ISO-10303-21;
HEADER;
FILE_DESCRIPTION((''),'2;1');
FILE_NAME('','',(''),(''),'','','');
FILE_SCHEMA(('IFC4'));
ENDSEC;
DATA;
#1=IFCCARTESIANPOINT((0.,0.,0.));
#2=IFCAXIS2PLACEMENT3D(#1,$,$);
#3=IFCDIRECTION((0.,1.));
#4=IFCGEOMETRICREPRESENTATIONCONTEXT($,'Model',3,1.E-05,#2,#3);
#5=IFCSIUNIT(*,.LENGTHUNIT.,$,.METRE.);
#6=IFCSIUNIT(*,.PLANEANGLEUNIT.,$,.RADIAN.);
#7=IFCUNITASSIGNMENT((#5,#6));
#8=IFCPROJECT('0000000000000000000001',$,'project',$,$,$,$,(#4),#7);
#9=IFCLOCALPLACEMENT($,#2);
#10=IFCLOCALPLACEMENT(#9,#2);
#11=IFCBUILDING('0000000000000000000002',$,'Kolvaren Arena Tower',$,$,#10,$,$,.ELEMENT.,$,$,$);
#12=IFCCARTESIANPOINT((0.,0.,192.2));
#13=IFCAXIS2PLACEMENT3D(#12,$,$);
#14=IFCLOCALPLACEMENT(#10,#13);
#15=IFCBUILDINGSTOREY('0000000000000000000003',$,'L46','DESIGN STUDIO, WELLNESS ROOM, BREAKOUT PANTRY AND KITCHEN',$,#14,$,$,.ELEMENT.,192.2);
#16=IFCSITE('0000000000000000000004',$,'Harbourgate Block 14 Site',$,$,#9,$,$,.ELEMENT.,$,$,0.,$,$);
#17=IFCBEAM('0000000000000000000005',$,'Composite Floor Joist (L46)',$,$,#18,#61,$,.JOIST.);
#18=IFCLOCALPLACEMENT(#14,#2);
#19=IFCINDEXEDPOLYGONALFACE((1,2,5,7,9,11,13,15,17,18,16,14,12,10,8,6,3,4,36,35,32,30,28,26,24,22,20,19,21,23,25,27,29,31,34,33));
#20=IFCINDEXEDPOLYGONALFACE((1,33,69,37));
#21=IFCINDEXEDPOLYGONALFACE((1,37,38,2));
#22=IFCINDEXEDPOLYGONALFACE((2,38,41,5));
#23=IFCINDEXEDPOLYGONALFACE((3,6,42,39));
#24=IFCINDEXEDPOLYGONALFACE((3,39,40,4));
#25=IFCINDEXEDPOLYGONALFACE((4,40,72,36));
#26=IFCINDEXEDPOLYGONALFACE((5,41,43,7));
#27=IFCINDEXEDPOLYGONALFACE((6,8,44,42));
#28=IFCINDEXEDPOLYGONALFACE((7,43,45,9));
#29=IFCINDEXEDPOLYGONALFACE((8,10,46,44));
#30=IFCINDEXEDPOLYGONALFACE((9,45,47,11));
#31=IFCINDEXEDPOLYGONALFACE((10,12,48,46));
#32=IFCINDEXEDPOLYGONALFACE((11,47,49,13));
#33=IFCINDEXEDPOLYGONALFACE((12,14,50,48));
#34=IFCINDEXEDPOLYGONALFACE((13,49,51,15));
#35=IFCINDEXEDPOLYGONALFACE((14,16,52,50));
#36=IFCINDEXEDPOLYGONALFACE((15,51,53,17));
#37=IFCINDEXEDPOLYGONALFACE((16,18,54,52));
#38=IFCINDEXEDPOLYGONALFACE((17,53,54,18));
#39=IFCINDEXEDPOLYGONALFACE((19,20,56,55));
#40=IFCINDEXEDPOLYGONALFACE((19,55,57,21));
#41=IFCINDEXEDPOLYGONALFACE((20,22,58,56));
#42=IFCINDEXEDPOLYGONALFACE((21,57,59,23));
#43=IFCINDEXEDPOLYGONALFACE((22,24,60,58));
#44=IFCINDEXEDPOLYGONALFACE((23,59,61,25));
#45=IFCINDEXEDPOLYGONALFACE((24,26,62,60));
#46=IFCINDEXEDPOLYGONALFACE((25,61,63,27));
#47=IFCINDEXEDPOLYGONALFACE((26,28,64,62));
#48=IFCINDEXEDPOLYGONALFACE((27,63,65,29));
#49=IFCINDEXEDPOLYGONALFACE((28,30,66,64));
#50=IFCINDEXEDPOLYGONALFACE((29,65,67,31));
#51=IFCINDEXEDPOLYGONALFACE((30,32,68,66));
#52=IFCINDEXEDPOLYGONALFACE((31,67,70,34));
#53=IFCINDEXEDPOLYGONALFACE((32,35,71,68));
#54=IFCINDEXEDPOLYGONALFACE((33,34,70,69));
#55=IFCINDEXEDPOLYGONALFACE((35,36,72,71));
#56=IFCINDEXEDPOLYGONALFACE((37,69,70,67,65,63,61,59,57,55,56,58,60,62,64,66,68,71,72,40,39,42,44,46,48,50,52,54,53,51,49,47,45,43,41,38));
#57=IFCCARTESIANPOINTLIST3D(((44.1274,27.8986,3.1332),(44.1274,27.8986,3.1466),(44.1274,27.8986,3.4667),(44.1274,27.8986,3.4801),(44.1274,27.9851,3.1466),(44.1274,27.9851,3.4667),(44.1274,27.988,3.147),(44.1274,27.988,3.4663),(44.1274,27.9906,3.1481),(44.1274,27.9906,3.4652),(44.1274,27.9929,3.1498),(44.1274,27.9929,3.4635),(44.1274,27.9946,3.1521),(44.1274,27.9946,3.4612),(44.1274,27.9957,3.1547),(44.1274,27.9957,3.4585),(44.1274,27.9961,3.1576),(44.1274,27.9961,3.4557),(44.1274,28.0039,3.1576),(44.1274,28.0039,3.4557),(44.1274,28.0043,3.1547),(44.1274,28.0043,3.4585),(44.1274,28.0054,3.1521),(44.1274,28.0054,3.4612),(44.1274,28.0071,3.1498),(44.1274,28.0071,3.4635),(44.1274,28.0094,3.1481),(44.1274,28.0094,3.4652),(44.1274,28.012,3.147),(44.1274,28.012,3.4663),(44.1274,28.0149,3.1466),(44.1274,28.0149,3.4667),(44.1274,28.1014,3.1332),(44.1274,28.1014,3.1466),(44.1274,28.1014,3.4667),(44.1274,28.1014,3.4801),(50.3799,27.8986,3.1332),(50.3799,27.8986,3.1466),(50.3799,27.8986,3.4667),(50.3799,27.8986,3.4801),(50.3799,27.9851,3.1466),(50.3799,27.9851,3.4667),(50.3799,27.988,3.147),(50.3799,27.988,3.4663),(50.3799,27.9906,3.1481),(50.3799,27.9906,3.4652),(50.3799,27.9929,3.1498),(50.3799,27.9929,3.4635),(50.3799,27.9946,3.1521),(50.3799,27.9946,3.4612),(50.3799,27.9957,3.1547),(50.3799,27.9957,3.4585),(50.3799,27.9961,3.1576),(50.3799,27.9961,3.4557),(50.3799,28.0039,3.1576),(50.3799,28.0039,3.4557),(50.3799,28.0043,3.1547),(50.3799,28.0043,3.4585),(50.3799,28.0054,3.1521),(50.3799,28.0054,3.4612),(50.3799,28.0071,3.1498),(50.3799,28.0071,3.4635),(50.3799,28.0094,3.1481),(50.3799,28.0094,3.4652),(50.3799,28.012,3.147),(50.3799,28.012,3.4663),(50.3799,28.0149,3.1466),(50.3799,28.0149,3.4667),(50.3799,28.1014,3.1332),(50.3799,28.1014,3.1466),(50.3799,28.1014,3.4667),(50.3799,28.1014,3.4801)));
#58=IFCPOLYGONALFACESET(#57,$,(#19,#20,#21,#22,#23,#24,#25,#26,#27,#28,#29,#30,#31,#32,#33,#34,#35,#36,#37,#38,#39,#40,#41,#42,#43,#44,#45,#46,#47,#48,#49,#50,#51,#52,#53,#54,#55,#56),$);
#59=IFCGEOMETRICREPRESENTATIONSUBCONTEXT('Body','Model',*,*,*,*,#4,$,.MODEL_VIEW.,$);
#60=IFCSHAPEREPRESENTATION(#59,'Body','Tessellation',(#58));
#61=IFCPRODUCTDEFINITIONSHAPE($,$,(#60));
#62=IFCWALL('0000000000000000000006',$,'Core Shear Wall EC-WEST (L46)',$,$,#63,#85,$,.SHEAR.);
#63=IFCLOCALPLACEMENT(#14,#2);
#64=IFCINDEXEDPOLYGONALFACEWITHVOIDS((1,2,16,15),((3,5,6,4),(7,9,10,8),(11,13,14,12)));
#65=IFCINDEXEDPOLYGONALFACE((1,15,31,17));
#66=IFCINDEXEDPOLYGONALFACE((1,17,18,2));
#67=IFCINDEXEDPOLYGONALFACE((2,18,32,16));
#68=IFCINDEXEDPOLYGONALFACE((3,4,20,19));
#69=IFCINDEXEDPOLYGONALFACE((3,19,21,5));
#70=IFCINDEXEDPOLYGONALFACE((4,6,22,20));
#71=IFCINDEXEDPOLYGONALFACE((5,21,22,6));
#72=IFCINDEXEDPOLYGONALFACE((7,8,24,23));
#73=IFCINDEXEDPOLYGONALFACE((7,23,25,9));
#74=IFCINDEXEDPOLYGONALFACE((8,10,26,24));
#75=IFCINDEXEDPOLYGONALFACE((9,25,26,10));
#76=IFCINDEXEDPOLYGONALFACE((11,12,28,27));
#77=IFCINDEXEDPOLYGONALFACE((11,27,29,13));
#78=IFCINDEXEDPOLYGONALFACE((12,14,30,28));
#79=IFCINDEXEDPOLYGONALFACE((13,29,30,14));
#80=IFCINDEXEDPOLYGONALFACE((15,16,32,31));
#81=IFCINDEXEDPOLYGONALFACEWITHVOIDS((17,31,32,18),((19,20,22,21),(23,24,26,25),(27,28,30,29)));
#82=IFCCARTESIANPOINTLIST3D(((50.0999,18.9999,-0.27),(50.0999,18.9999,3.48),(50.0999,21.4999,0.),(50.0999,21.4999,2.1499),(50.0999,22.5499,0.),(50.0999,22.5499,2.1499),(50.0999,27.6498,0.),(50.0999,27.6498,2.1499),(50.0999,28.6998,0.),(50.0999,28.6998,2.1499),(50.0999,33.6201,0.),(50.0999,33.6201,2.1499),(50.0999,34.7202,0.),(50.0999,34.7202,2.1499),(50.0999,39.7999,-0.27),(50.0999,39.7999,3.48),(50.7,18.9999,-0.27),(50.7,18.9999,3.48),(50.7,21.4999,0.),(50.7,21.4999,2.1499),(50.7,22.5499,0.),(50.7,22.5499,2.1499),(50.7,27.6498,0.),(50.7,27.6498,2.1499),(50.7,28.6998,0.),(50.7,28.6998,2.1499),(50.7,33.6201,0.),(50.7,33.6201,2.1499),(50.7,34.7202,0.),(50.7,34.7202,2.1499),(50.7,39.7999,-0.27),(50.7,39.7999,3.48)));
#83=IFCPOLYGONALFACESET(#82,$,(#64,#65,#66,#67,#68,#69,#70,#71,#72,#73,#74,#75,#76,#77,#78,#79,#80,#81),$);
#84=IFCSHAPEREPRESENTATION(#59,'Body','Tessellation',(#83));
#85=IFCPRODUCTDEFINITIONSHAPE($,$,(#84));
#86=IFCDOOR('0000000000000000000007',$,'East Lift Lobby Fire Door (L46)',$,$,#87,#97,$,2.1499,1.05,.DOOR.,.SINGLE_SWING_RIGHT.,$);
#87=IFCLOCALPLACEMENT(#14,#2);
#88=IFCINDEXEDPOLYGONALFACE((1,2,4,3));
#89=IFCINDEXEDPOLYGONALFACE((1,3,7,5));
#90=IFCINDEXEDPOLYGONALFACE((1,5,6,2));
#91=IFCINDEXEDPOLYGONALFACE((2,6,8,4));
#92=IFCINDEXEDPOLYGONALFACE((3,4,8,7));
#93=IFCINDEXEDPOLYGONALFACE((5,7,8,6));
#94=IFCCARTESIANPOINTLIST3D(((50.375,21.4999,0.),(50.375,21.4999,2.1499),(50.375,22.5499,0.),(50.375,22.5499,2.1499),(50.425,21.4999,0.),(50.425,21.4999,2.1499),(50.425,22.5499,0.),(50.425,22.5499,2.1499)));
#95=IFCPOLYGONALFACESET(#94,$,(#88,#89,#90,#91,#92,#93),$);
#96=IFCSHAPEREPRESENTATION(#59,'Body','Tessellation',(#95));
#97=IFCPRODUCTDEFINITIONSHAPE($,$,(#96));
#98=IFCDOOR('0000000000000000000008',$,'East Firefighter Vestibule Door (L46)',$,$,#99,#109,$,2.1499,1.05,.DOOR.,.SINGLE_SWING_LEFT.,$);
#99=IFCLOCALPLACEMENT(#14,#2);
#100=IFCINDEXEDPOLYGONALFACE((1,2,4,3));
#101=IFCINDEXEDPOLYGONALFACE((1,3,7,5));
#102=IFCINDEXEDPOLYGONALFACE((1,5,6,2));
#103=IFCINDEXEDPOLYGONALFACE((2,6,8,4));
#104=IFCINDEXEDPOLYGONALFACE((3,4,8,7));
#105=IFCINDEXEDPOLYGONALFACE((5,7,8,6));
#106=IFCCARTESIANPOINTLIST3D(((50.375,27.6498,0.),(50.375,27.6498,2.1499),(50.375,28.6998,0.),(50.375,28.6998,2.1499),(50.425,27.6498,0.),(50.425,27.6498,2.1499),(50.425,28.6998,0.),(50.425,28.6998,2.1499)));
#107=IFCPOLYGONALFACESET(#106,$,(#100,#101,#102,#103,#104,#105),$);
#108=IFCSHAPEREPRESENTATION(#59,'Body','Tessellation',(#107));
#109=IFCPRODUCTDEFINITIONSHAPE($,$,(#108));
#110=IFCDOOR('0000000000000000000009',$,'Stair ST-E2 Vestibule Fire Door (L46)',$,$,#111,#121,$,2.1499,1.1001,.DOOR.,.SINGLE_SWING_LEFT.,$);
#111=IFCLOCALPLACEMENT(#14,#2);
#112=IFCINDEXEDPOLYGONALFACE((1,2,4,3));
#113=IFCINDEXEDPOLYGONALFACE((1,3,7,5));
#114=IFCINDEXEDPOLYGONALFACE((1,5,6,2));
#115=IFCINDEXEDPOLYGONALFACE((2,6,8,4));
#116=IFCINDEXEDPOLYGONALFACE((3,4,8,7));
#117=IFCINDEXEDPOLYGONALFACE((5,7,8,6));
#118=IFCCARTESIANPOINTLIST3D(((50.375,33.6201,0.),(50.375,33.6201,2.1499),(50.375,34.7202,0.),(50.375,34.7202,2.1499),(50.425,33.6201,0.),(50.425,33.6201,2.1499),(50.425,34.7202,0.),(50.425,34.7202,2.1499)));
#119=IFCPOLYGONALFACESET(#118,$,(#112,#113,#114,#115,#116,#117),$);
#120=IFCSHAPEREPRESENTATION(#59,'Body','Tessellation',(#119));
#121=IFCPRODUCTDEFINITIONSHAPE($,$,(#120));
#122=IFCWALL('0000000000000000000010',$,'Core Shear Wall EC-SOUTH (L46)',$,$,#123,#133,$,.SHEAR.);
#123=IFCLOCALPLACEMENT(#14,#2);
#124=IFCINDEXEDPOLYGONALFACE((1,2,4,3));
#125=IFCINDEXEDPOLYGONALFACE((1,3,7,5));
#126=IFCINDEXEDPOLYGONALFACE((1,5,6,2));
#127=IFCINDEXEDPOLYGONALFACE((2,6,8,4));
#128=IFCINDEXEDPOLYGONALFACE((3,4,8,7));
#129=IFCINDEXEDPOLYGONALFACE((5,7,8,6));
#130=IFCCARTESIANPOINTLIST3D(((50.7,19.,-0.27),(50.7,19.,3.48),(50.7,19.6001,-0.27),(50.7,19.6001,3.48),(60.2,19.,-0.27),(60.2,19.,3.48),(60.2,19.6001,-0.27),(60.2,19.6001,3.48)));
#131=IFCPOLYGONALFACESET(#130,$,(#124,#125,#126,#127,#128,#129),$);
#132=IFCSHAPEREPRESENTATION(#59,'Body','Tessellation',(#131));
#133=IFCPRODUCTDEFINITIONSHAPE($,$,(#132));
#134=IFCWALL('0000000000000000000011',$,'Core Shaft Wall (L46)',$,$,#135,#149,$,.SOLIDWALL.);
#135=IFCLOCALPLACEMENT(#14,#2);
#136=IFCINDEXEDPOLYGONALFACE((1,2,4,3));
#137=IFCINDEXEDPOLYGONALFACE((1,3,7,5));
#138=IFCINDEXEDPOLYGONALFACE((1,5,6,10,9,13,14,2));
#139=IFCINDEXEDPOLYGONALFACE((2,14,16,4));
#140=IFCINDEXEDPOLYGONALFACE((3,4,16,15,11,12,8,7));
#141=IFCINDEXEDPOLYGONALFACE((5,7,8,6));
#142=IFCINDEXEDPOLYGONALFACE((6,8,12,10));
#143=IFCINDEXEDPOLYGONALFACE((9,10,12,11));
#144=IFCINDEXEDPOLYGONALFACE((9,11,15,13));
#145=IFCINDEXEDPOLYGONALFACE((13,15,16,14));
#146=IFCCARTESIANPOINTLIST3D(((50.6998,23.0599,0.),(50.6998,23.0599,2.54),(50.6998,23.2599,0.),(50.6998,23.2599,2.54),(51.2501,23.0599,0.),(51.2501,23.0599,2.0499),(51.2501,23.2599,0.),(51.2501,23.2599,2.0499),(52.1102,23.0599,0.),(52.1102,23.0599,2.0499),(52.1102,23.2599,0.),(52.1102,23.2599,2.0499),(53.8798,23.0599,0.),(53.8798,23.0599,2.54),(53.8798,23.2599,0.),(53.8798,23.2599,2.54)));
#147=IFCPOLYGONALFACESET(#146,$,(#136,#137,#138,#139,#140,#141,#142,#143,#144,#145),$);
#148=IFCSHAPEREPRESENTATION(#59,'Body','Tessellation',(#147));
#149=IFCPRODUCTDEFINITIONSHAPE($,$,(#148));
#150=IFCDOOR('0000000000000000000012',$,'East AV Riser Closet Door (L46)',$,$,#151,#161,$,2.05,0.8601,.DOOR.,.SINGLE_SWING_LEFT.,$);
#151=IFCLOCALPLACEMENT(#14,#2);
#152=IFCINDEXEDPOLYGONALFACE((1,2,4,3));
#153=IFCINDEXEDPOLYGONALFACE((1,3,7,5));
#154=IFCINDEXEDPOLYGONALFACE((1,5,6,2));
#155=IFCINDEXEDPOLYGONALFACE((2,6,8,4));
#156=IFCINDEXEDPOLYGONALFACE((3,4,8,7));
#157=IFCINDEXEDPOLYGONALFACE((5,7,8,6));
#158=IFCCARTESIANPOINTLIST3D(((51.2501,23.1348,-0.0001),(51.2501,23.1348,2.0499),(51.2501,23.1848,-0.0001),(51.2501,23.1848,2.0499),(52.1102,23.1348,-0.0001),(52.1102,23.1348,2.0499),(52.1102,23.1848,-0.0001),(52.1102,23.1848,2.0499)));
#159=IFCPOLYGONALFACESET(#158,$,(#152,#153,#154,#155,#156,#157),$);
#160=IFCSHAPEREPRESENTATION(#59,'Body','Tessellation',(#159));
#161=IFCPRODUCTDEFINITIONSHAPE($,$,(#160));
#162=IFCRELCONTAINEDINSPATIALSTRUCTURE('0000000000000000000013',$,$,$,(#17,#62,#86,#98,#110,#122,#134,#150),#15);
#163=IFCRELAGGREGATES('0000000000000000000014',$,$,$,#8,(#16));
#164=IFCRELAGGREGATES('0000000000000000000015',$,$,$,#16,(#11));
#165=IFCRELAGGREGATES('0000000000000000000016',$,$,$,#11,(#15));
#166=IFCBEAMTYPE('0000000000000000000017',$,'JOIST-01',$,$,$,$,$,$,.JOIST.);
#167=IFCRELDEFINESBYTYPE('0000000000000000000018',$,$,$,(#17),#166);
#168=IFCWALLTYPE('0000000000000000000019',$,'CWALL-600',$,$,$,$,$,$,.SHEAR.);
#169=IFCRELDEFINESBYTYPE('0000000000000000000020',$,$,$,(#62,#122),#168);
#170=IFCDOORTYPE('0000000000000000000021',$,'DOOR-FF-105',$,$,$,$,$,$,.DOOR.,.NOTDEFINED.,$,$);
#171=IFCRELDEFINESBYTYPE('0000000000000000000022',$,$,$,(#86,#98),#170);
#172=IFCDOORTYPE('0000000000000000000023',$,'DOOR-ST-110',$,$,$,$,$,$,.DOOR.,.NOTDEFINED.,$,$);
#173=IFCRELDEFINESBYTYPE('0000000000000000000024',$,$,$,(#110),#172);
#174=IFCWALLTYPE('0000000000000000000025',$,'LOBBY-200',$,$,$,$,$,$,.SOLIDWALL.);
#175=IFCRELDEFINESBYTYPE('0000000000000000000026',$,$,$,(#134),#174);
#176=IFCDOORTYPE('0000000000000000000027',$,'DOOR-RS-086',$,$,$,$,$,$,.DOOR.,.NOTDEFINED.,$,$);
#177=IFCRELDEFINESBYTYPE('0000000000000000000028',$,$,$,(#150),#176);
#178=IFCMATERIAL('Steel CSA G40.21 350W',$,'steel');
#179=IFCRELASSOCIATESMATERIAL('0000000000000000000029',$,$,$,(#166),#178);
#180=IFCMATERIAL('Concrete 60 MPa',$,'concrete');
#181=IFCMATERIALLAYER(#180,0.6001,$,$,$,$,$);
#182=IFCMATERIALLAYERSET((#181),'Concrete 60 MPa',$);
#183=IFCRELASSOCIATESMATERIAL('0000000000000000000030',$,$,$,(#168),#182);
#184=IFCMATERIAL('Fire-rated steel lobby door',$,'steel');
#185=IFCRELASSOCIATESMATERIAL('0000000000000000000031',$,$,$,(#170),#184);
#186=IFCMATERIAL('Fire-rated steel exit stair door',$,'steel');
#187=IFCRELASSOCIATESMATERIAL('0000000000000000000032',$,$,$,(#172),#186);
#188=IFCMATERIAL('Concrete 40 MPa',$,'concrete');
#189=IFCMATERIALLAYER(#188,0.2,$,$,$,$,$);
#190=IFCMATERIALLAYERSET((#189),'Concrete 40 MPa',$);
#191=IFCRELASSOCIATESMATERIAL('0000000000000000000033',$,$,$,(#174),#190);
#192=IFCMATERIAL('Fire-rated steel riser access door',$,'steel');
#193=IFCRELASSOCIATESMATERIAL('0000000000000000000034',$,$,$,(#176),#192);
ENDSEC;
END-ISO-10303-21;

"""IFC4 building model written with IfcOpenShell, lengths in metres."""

from ifc_helpers import new_model, si_unit, direction, frame, frame_2d, origin, origin_2d, place, context, subcontext, project, spatial, rectangle, i_section, extrude, material, layer, layer_set, material_profile, profile_set, type_object, element, fill, save


model = new_model("IFC4")

# Units and contexts
model_context = context("Model", 3, precision=1e-05, world=origin(), true_north=direction((0.0, 1.0)))
body_context = subcontext(model_context, "Body", "Model", "MODEL_VIEW")
ifc_project = project(units=[si_unit("LENGTHUNIT", "METRE"), si_unit("PLANEANGLEUNIT", "RADIAN")], contexts=[model_context])

# Site, building, storey
site_placement = place(None, origin())
site = spatial("IfcSite", under=ifc_project, at=site_placement, Name="Harbourgate Block 14 Site", CompositionType="ELEMENT", RefElevation=0.0)
building_placement = place(site_placement, origin())
building = spatial("IfcBuilding", under=site, at=building_placement, Name="Kolvaren Arena Tower", CompositionType="ELEMENT")
storey_placement = place(building_placement, frame((0.0, 0.0, 192.2)))
storey = spatial("IfcBuildingStorey", under=building, at=storey_placement, Name="L46", Description="DESIGN STUDIO, WELLNESS ROOM, BREAKOUT PANTRY AND KITCHEN", CompositionType="ELEMENT", Elevation=192.2)

# Beam
ifc_material_1 = material(Name="Steel CSA G40.21 350W", Category="steel")
ifc_material_profile_1 = material_profile(ifc_material_1, i_section(OverallWidth=0.2029, OverallDepth=0.3469, WebThickness=0.0078, FlangeThickness=0.0134, FilletRadius=0.011, at=origin_2d()), Name="W360x64")
ifc_profile_set_1 = profile_set([ifc_material_profile_1], Name="Steel CSA G40.21 350W")
beam_type_1 = type_object("IfcBeamType", Name="JOIST-01", PredefinedType="JOIST", material=ifc_profile_set_1)
beam_1_placement = place(storey_placement, frame((44.1274, 28.0, 3.3066), z_axis=(1.0, 0.0, 0.0), x_axis=(0.0, 1.0, 0.0)))
element("IfcBeam", 1, at=beam_1_placement, inside=storey, type_object=beam_type_1, Name="Composite Floor Joist (L46)", PredefinedType="JOIST", context=body_context, shape_type="SweptSolid", body=[
    extrude(i_section(OverallWidth=0.2029, OverallDepth=0.3469, WebThickness=0.0078, FlangeThickness=0.0134, FilletRadius=0.011, at=origin_2d()), origin(), (0.0, 0.0, 1.0), 6.2524),
])

# Wall, openings, doors
ifc_material_2 = material(Name="Concrete 60 MPa", Category="concrete")
ifc_layer_1 = layer(ifc_material_2, 0.6001)
ifc_layer_set_1 = layer_set([ifc_layer_1], Name="Concrete 60 MPa")
wall_type_1 = type_object("IfcWallType", Name="CWALL-600", PredefinedType="SHEAR", material=ifc_layer_set_1)
wall_1_placement = place(storey_placement, frame((50.3999, 19.0, -0.27), z_axis=(0.0, 0.0, 1.0), x_axis=(0.0, 1.0, 0.0)))
wall_1 = element("IfcWall", 2, at=wall_1_placement, inside=storey, type_object=wall_type_1, Name="Core Shear Wall EC-WEST (L46)", PredefinedType="SHEAR", context=body_context, shape_type="SweptSolid", body=[
    extrude(rectangle(XDim=20.8, YDim=0.6001, at=frame_2d((10.3999, 0.0))), origin(), (0.0, 0.0, 1.0), 3.75),
])
opening_1_placement = place(wall_1_placement, frame((2.5, 0.0, 0.27)))
opening_1 = element("IfcOpeningElement", 3, at=opening_1_placement, cuts=wall_1, PredefinedType="OPENING", context=body_context, shape_type="SweptSolid", body=[
    extrude(rectangle(XDim=1.05, YDim=2.1499, at=frame_2d((0.5249, 1.075))), frame((0.0, 0.3101, 0.0), z_axis=(0.0, -1.0, 0.0), x_axis=(1.0, 0.0, 0.0)), (0.0, 0.0, 1.0), 0.6201),
])
opening_2_placement = place(wall_1_placement, frame((8.6499, 0.0, 0.27)))
opening_2 = element("IfcOpeningElement", 4, at=opening_2_placement, cuts=wall_1, PredefinedType="OPENING", context=body_context, shape_type="SweptSolid", body=[
    extrude(rectangle(XDim=1.05, YDim=2.1499, at=frame_2d((0.5249, 1.075))), frame((0.0, 0.3101, 0.0), z_axis=(0.0, -1.0, 0.0), x_axis=(1.0, 0.0, 0.0)), (0.0, 0.0, 1.0), 0.6201),
])
opening_3_placement = place(wall_1_placement, frame((14.6201, 0.0, 0.27)))
opening_3 = element("IfcOpeningElement", 5, at=opening_3_placement, cuts=wall_1, PredefinedType="OPENING", context=body_context, shape_type="SweptSolid", body=[
    extrude(rectangle(XDim=1.1001, YDim=2.1499, at=frame_2d((0.55, 1.075))), frame((0.0, 0.3101, 0.0), z_axis=(0.0, -1.0, 0.0), x_axis=(1.0, 0.0, 0.0)), (0.0, 0.0, 1.0), 0.6201),
])
ifc_material_3 = material(Name="Fire-rated steel lobby door", Category="steel")
door_type_1 = type_object("IfcDoorType", Name="DOOR-FF-105", OperationType="NOTDEFINED", PredefinedType="DOOR", material=ifc_material_3)
door_1_placement = place(opening_1_placement, origin())
door_1 = element("IfcDoor", 6, at=door_1_placement, inside=storey, type_object=door_type_1, Name="East Lift Lobby Fire Door (L46)", OperationType="SINGLE_SWING_RIGHT", OverallHeight=2.1499, OverallWidth=1.05, PredefinedType="DOOR", context=body_context, shape_type="SweptSolid", body=[
    extrude(rectangle(XDim=1.05, YDim=2.1499, at=frame_2d((0.5249, 1.075))), frame((0.0, 0.0249, 0.0), z_axis=(0.0, -1.0, 0.0), x_axis=(1.0, 0.0, 0.0)), (0.0, 0.0, 1.0), 0.05),
])
fill(opening_1, door_1)
door_2_placement = place(opening_2_placement, origin())
door_2 = element("IfcDoor", 7, at=door_2_placement, inside=storey, type_object=door_type_1, Name="East Firefighter Vestibule Door (L46)", OperationType="SINGLE_SWING_LEFT", OverallHeight=2.1499, OverallWidth=1.05, PredefinedType="DOOR", context=body_context, shape_type="SweptSolid", body=[
    extrude(rectangle(XDim=1.05, YDim=2.1499, at=frame_2d((0.5249, 1.075))), frame((0.0, 0.0249, 0.0), z_axis=(0.0, -1.0, 0.0), x_axis=(1.0, 0.0, 0.0)), (0.0, 0.0, 1.0), 0.05),
])
fill(opening_2, door_2)
ifc_material_4 = material(Name="Fire-rated steel exit stair door", Category="steel")
door_type_2 = type_object("IfcDoorType", Name="DOOR-ST-110", OperationType="NOTDEFINED", PredefinedType="DOOR", material=ifc_material_4)
door_3_placement = place(opening_3_placement, origin())
door_3 = element("IfcDoor", 8, at=door_3_placement, inside=storey, type_object=door_type_2, Name="Stair ST-E2 Vestibule Fire Door (L46)", OperationType="SINGLE_SWING_LEFT", OverallHeight=2.1499, OverallWidth=1.1001, PredefinedType="DOOR", context=body_context, shape_type="SweptSolid", body=[
    extrude(rectangle(XDim=1.1001, YDim=2.1499, at=frame_2d((0.55, 1.075))), frame((0.0, 0.0249, 0.0), z_axis=(0.0, -1.0, 0.0), x_axis=(1.0, 0.0, 0.0)), (0.0, 0.0, 1.0), 0.05),
])
fill(opening_3, door_3)

# Wall
wall_2_placement = place(storey_placement, frame((50.7, 19.3, -0.27), z_axis=(0.0, 0.0, 1.0), x_axis=(1.0, 0.0, 0.0)))
element("IfcWall", 9, at=wall_2_placement, inside=storey, type_object=wall_type_1, Name="Core Shear Wall EC-SOUTH (L46)", PredefinedType="SHEAR", context=body_context, shape_type="SweptSolid", body=[
    extrude(rectangle(XDim=9.5, YDim=0.6001, at=frame_2d((4.75, 0.0))), origin(), (0.0, 0.0, 1.0), 3.75),
])

# Shared definitions
ifc_material_5 = material(Name="Concrete 40 MPa", Category="concrete")
ifc_layer_2 = layer(ifc_material_5, 0.2)
ifc_layer_set_2 = layer_set([ifc_layer_2], Name="Concrete 40 MPa")
wall_type_2 = type_object("IfcWallType", Name="LOBBY-200", PredefinedType="SOLIDWALL", material=ifc_layer_set_2)

# Wall, opening, door
wall_3_placement = place(storey_placement, frame((50.7, 23.1599, 0.0), z_axis=(0.0, 0.0, 1.0), x_axis=(1.0, 0.0, 0.0)))
wall_3 = element("IfcWall", 10, at=wall_3_placement, inside=storey, type_object=wall_type_2, Name="Core Shaft Wall (L46)", PredefinedType="SOLIDWALL", context=body_context, shape_type="SweptSolid", body=[
    extrude(rectangle(XDim=3.1799, YDim=0.2, at=frame_2d((1.5898, 0.0))), origin(), (0.0, 0.0, 1.0), 2.54),
])
opening_4_placement = place(wall_3_placement, frame((0.55, 0.0, 0.0)))
opening_4 = element("IfcOpeningElement", 11, at=opening_4_placement, cuts=wall_3, PredefinedType="OPENING", context=body_context, shape_type="SweptSolid", body=[
    extrude(rectangle(XDim=0.8601, YDim=2.05, at=frame_2d((0.4302, 1.0249))), frame((0.0, 0.1099, 0.0), z_axis=(0.0, -1.0, 0.0), x_axis=(1.0, 0.0, 0.0)), (0.0, 0.0, 1.0), 0.22),
])
ifc_material_6 = material(Name="Fire-rated steel riser access door", Category="steel")
door_type_3 = type_object("IfcDoorType", Name="DOOR-RS-086", OperationType="NOTDEFINED", PredefinedType="DOOR", material=ifc_material_6)
door_4_placement = place(opening_4_placement, origin())
door_4 = element("IfcDoor", 12, at=door_4_placement, inside=storey, type_object=door_type_3, Name="East AV Riser Closet Door (L46)", OperationType="SINGLE_SWING_LEFT", OverallHeight=2.05, OverallWidth=0.8601, PredefinedType="DOOR", context=body_context, shape_type="SweptSolid", body=[
    extrude(rectangle(XDim=0.8601, YDim=2.05, at=frame_2d((0.4302, 1.0249))), frame((0.0, 0.0249, 0.0), z_axis=(0.0, -1.0, 0.0), x_axis=(1.0, 0.0, 0.0)), (0.0, 0.0, 1.0), 0.05),
])
fill(opening_4, door_4)

save(model, "model.ifc")
